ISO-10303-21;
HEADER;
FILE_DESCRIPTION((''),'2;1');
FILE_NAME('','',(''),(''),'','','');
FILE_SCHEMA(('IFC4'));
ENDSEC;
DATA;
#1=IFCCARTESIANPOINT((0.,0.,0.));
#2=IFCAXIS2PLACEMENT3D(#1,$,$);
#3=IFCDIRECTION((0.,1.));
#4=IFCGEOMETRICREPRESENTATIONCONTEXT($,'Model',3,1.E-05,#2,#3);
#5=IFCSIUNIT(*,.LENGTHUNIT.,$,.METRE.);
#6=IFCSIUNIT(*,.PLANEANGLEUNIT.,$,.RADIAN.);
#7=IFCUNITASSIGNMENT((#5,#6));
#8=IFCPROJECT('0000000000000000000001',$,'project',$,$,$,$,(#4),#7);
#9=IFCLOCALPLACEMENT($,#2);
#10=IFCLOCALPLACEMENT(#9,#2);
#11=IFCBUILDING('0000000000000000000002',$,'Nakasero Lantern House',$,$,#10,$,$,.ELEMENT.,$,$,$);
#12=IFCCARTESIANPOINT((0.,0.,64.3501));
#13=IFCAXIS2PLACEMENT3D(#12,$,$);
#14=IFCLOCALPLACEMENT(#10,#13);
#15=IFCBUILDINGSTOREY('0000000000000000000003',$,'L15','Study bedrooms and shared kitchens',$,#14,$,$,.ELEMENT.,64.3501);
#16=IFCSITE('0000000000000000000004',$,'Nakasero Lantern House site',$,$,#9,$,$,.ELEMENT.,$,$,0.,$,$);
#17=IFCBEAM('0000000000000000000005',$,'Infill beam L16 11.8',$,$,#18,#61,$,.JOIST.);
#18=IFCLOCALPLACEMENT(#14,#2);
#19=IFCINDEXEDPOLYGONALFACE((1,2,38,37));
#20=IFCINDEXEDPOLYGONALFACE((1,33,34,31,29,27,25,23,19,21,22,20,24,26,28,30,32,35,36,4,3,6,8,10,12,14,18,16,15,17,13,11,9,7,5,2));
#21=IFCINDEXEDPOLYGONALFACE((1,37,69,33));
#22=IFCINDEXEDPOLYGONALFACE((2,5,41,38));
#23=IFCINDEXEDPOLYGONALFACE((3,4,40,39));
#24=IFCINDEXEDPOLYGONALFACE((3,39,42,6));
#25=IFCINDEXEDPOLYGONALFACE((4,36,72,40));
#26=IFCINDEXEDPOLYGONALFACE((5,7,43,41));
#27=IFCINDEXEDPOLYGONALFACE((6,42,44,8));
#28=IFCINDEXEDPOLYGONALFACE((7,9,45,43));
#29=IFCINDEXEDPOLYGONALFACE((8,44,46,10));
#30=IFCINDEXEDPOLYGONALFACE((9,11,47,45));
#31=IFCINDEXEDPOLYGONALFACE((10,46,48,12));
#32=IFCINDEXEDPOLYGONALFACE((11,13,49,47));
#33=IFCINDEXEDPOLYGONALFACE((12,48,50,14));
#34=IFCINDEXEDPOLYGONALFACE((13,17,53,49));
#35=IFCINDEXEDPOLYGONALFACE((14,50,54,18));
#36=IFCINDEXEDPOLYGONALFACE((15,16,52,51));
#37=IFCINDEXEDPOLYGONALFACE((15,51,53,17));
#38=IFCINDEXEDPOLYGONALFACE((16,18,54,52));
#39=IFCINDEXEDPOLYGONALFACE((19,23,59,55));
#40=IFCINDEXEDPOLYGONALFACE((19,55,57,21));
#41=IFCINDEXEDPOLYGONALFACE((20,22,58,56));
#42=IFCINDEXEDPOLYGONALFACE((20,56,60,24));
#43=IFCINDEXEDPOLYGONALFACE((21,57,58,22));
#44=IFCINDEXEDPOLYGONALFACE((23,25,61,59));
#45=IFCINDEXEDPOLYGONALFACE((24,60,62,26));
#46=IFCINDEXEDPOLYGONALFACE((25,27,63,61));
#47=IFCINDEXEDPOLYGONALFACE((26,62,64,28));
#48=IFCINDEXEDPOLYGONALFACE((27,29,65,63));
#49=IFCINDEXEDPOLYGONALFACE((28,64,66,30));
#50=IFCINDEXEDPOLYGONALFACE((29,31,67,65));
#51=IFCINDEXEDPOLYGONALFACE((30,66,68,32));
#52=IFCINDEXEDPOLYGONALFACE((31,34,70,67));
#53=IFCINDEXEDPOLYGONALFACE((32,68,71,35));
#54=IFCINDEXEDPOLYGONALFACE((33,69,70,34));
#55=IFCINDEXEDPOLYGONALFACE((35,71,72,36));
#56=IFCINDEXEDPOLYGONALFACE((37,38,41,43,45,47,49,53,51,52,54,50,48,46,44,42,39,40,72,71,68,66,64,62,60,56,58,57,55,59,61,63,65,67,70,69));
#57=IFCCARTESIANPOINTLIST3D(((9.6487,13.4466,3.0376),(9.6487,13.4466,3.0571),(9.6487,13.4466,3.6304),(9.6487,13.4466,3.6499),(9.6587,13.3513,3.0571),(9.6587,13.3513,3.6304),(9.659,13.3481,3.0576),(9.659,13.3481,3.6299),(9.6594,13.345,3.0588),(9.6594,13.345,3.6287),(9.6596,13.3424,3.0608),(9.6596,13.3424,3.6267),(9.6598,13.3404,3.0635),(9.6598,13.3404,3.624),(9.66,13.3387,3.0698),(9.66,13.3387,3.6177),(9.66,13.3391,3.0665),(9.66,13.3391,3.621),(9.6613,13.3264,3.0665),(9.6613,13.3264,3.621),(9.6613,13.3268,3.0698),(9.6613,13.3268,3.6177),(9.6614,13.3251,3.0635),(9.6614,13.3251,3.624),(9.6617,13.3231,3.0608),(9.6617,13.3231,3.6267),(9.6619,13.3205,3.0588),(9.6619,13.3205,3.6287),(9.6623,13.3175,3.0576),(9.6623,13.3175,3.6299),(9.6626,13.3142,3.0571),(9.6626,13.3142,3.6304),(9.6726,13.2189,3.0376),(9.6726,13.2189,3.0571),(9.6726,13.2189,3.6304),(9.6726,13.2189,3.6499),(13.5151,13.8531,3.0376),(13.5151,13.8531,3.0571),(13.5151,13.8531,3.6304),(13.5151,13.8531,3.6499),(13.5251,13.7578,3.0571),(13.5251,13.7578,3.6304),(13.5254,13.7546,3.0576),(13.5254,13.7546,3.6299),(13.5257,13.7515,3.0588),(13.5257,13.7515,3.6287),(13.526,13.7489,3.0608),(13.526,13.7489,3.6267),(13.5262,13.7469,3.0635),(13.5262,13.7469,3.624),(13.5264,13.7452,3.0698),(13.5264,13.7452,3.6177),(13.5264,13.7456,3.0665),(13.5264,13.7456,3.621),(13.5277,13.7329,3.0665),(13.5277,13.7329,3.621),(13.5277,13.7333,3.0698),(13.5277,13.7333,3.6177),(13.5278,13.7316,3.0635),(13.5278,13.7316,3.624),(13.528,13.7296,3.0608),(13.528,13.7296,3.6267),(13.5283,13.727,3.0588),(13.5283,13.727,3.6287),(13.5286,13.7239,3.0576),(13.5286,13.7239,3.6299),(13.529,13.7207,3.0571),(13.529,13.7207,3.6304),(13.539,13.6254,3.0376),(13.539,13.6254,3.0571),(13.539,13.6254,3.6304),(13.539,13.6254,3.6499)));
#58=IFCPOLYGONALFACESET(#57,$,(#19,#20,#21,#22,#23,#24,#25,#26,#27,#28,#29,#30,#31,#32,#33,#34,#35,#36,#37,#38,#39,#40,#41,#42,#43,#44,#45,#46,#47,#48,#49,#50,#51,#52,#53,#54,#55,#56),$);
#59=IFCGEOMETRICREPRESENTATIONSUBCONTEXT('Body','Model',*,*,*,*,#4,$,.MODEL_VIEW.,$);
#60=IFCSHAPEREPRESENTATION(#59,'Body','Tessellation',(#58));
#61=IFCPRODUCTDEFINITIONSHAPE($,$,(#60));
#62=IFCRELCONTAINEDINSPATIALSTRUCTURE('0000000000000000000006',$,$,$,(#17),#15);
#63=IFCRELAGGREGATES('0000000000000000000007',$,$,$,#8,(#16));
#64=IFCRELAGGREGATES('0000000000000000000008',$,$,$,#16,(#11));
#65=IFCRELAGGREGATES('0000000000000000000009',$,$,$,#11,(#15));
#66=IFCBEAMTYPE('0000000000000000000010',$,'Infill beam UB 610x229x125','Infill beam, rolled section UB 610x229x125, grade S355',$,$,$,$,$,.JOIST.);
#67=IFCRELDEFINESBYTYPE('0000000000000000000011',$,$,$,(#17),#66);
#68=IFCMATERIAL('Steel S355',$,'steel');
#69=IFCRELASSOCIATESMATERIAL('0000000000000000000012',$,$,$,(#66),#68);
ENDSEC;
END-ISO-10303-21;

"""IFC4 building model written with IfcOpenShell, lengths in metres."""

from ifc_helpers import new_model, si_unit, direction, frame, origin, origin_2d, place, context, subcontext, project, spatial, i_section, extrude, material, material_profile, profile_set, type_object, element, save


model = new_model("IFC4")

# Units and contexts
model_context = context("Model", 3, precision=1e-05, world=origin(), true_north=direction((0.0, 1.0)))
body_context = subcontext(model_context, "Body", "Model", "MODEL_VIEW")
ifc_project = project(units=[si_unit("LENGTHUNIT", "METRE"), si_unit("PLANEANGLEUNIT", "RADIAN")], contexts=[model_context])

# Site, building, storey
site_placement = place(None, origin())
site = spatial("IfcSite", under=ifc_project, at=site_placement, Name="Nakasero Lantern House site", CompositionType="ELEMENT", RefElevation=0.0)
building_placement = place(site_placement, origin())
building = spatial("IfcBuilding", under=site, at=building_placement, Name="Nakasero Lantern House", CompositionType="ELEMENT")
storey_placement = place(building_placement, frame((0.0, 0.0, 64.3501)))
storey = spatial("IfcBuildingStorey", under=building, at=storey_placement, Name="L15", Description="Study bedrooms and shared kitchens", CompositionType="ELEMENT", Elevation=64.3501)

# Beam
ifc_material_1 = material(Name="Steel S355", Category="steel")
ifc_material_profile_1 = material_profile(ifc_material_1, i_section(OverallWidth=0.229, OverallDepth=0.6123, WebThickness=0.012, FlangeThickness=0.0195, FilletRadius=0.0127, at=origin_2d()), Name="UB 610x229x125")
ifc_profile_set_1 = profile_set([ifc_material_profile_1], Name="Steel S355")
beam_type_1 = type_object("IfcBeamType", Name="Infill beam UB 610x229x125", Description="Infill beam, rolled section UB 610x229x125, grade S355", PredefinedType="JOIST", material=ifc_profile_set_1)
beam_1_placement = place(storey_placement, frame((9.6606, 13.3328, 3.3438), z_axis=(0.994519, 0.104557, 0.0), x_axis=(-0.104557, 0.994519, 0.0)))
element("IfcBeam", 1, at=beam_1_placement, inside=storey, type_object=beam_type_1, Name="Infill beam L16 11.8", PredefinedType="JOIST", context=body_context, shape_type="SweptSolid", body=[
    extrude(i_section(OverallWidth=0.229, OverallDepth=0.6123, WebThickness=0.012, FlangeThickness=0.0195, FilletRadius=0.0127, at=origin_2d()), origin(), (0.0, 0.0, 1.0), 3.8877),
])

save(model, "model.ifc")
